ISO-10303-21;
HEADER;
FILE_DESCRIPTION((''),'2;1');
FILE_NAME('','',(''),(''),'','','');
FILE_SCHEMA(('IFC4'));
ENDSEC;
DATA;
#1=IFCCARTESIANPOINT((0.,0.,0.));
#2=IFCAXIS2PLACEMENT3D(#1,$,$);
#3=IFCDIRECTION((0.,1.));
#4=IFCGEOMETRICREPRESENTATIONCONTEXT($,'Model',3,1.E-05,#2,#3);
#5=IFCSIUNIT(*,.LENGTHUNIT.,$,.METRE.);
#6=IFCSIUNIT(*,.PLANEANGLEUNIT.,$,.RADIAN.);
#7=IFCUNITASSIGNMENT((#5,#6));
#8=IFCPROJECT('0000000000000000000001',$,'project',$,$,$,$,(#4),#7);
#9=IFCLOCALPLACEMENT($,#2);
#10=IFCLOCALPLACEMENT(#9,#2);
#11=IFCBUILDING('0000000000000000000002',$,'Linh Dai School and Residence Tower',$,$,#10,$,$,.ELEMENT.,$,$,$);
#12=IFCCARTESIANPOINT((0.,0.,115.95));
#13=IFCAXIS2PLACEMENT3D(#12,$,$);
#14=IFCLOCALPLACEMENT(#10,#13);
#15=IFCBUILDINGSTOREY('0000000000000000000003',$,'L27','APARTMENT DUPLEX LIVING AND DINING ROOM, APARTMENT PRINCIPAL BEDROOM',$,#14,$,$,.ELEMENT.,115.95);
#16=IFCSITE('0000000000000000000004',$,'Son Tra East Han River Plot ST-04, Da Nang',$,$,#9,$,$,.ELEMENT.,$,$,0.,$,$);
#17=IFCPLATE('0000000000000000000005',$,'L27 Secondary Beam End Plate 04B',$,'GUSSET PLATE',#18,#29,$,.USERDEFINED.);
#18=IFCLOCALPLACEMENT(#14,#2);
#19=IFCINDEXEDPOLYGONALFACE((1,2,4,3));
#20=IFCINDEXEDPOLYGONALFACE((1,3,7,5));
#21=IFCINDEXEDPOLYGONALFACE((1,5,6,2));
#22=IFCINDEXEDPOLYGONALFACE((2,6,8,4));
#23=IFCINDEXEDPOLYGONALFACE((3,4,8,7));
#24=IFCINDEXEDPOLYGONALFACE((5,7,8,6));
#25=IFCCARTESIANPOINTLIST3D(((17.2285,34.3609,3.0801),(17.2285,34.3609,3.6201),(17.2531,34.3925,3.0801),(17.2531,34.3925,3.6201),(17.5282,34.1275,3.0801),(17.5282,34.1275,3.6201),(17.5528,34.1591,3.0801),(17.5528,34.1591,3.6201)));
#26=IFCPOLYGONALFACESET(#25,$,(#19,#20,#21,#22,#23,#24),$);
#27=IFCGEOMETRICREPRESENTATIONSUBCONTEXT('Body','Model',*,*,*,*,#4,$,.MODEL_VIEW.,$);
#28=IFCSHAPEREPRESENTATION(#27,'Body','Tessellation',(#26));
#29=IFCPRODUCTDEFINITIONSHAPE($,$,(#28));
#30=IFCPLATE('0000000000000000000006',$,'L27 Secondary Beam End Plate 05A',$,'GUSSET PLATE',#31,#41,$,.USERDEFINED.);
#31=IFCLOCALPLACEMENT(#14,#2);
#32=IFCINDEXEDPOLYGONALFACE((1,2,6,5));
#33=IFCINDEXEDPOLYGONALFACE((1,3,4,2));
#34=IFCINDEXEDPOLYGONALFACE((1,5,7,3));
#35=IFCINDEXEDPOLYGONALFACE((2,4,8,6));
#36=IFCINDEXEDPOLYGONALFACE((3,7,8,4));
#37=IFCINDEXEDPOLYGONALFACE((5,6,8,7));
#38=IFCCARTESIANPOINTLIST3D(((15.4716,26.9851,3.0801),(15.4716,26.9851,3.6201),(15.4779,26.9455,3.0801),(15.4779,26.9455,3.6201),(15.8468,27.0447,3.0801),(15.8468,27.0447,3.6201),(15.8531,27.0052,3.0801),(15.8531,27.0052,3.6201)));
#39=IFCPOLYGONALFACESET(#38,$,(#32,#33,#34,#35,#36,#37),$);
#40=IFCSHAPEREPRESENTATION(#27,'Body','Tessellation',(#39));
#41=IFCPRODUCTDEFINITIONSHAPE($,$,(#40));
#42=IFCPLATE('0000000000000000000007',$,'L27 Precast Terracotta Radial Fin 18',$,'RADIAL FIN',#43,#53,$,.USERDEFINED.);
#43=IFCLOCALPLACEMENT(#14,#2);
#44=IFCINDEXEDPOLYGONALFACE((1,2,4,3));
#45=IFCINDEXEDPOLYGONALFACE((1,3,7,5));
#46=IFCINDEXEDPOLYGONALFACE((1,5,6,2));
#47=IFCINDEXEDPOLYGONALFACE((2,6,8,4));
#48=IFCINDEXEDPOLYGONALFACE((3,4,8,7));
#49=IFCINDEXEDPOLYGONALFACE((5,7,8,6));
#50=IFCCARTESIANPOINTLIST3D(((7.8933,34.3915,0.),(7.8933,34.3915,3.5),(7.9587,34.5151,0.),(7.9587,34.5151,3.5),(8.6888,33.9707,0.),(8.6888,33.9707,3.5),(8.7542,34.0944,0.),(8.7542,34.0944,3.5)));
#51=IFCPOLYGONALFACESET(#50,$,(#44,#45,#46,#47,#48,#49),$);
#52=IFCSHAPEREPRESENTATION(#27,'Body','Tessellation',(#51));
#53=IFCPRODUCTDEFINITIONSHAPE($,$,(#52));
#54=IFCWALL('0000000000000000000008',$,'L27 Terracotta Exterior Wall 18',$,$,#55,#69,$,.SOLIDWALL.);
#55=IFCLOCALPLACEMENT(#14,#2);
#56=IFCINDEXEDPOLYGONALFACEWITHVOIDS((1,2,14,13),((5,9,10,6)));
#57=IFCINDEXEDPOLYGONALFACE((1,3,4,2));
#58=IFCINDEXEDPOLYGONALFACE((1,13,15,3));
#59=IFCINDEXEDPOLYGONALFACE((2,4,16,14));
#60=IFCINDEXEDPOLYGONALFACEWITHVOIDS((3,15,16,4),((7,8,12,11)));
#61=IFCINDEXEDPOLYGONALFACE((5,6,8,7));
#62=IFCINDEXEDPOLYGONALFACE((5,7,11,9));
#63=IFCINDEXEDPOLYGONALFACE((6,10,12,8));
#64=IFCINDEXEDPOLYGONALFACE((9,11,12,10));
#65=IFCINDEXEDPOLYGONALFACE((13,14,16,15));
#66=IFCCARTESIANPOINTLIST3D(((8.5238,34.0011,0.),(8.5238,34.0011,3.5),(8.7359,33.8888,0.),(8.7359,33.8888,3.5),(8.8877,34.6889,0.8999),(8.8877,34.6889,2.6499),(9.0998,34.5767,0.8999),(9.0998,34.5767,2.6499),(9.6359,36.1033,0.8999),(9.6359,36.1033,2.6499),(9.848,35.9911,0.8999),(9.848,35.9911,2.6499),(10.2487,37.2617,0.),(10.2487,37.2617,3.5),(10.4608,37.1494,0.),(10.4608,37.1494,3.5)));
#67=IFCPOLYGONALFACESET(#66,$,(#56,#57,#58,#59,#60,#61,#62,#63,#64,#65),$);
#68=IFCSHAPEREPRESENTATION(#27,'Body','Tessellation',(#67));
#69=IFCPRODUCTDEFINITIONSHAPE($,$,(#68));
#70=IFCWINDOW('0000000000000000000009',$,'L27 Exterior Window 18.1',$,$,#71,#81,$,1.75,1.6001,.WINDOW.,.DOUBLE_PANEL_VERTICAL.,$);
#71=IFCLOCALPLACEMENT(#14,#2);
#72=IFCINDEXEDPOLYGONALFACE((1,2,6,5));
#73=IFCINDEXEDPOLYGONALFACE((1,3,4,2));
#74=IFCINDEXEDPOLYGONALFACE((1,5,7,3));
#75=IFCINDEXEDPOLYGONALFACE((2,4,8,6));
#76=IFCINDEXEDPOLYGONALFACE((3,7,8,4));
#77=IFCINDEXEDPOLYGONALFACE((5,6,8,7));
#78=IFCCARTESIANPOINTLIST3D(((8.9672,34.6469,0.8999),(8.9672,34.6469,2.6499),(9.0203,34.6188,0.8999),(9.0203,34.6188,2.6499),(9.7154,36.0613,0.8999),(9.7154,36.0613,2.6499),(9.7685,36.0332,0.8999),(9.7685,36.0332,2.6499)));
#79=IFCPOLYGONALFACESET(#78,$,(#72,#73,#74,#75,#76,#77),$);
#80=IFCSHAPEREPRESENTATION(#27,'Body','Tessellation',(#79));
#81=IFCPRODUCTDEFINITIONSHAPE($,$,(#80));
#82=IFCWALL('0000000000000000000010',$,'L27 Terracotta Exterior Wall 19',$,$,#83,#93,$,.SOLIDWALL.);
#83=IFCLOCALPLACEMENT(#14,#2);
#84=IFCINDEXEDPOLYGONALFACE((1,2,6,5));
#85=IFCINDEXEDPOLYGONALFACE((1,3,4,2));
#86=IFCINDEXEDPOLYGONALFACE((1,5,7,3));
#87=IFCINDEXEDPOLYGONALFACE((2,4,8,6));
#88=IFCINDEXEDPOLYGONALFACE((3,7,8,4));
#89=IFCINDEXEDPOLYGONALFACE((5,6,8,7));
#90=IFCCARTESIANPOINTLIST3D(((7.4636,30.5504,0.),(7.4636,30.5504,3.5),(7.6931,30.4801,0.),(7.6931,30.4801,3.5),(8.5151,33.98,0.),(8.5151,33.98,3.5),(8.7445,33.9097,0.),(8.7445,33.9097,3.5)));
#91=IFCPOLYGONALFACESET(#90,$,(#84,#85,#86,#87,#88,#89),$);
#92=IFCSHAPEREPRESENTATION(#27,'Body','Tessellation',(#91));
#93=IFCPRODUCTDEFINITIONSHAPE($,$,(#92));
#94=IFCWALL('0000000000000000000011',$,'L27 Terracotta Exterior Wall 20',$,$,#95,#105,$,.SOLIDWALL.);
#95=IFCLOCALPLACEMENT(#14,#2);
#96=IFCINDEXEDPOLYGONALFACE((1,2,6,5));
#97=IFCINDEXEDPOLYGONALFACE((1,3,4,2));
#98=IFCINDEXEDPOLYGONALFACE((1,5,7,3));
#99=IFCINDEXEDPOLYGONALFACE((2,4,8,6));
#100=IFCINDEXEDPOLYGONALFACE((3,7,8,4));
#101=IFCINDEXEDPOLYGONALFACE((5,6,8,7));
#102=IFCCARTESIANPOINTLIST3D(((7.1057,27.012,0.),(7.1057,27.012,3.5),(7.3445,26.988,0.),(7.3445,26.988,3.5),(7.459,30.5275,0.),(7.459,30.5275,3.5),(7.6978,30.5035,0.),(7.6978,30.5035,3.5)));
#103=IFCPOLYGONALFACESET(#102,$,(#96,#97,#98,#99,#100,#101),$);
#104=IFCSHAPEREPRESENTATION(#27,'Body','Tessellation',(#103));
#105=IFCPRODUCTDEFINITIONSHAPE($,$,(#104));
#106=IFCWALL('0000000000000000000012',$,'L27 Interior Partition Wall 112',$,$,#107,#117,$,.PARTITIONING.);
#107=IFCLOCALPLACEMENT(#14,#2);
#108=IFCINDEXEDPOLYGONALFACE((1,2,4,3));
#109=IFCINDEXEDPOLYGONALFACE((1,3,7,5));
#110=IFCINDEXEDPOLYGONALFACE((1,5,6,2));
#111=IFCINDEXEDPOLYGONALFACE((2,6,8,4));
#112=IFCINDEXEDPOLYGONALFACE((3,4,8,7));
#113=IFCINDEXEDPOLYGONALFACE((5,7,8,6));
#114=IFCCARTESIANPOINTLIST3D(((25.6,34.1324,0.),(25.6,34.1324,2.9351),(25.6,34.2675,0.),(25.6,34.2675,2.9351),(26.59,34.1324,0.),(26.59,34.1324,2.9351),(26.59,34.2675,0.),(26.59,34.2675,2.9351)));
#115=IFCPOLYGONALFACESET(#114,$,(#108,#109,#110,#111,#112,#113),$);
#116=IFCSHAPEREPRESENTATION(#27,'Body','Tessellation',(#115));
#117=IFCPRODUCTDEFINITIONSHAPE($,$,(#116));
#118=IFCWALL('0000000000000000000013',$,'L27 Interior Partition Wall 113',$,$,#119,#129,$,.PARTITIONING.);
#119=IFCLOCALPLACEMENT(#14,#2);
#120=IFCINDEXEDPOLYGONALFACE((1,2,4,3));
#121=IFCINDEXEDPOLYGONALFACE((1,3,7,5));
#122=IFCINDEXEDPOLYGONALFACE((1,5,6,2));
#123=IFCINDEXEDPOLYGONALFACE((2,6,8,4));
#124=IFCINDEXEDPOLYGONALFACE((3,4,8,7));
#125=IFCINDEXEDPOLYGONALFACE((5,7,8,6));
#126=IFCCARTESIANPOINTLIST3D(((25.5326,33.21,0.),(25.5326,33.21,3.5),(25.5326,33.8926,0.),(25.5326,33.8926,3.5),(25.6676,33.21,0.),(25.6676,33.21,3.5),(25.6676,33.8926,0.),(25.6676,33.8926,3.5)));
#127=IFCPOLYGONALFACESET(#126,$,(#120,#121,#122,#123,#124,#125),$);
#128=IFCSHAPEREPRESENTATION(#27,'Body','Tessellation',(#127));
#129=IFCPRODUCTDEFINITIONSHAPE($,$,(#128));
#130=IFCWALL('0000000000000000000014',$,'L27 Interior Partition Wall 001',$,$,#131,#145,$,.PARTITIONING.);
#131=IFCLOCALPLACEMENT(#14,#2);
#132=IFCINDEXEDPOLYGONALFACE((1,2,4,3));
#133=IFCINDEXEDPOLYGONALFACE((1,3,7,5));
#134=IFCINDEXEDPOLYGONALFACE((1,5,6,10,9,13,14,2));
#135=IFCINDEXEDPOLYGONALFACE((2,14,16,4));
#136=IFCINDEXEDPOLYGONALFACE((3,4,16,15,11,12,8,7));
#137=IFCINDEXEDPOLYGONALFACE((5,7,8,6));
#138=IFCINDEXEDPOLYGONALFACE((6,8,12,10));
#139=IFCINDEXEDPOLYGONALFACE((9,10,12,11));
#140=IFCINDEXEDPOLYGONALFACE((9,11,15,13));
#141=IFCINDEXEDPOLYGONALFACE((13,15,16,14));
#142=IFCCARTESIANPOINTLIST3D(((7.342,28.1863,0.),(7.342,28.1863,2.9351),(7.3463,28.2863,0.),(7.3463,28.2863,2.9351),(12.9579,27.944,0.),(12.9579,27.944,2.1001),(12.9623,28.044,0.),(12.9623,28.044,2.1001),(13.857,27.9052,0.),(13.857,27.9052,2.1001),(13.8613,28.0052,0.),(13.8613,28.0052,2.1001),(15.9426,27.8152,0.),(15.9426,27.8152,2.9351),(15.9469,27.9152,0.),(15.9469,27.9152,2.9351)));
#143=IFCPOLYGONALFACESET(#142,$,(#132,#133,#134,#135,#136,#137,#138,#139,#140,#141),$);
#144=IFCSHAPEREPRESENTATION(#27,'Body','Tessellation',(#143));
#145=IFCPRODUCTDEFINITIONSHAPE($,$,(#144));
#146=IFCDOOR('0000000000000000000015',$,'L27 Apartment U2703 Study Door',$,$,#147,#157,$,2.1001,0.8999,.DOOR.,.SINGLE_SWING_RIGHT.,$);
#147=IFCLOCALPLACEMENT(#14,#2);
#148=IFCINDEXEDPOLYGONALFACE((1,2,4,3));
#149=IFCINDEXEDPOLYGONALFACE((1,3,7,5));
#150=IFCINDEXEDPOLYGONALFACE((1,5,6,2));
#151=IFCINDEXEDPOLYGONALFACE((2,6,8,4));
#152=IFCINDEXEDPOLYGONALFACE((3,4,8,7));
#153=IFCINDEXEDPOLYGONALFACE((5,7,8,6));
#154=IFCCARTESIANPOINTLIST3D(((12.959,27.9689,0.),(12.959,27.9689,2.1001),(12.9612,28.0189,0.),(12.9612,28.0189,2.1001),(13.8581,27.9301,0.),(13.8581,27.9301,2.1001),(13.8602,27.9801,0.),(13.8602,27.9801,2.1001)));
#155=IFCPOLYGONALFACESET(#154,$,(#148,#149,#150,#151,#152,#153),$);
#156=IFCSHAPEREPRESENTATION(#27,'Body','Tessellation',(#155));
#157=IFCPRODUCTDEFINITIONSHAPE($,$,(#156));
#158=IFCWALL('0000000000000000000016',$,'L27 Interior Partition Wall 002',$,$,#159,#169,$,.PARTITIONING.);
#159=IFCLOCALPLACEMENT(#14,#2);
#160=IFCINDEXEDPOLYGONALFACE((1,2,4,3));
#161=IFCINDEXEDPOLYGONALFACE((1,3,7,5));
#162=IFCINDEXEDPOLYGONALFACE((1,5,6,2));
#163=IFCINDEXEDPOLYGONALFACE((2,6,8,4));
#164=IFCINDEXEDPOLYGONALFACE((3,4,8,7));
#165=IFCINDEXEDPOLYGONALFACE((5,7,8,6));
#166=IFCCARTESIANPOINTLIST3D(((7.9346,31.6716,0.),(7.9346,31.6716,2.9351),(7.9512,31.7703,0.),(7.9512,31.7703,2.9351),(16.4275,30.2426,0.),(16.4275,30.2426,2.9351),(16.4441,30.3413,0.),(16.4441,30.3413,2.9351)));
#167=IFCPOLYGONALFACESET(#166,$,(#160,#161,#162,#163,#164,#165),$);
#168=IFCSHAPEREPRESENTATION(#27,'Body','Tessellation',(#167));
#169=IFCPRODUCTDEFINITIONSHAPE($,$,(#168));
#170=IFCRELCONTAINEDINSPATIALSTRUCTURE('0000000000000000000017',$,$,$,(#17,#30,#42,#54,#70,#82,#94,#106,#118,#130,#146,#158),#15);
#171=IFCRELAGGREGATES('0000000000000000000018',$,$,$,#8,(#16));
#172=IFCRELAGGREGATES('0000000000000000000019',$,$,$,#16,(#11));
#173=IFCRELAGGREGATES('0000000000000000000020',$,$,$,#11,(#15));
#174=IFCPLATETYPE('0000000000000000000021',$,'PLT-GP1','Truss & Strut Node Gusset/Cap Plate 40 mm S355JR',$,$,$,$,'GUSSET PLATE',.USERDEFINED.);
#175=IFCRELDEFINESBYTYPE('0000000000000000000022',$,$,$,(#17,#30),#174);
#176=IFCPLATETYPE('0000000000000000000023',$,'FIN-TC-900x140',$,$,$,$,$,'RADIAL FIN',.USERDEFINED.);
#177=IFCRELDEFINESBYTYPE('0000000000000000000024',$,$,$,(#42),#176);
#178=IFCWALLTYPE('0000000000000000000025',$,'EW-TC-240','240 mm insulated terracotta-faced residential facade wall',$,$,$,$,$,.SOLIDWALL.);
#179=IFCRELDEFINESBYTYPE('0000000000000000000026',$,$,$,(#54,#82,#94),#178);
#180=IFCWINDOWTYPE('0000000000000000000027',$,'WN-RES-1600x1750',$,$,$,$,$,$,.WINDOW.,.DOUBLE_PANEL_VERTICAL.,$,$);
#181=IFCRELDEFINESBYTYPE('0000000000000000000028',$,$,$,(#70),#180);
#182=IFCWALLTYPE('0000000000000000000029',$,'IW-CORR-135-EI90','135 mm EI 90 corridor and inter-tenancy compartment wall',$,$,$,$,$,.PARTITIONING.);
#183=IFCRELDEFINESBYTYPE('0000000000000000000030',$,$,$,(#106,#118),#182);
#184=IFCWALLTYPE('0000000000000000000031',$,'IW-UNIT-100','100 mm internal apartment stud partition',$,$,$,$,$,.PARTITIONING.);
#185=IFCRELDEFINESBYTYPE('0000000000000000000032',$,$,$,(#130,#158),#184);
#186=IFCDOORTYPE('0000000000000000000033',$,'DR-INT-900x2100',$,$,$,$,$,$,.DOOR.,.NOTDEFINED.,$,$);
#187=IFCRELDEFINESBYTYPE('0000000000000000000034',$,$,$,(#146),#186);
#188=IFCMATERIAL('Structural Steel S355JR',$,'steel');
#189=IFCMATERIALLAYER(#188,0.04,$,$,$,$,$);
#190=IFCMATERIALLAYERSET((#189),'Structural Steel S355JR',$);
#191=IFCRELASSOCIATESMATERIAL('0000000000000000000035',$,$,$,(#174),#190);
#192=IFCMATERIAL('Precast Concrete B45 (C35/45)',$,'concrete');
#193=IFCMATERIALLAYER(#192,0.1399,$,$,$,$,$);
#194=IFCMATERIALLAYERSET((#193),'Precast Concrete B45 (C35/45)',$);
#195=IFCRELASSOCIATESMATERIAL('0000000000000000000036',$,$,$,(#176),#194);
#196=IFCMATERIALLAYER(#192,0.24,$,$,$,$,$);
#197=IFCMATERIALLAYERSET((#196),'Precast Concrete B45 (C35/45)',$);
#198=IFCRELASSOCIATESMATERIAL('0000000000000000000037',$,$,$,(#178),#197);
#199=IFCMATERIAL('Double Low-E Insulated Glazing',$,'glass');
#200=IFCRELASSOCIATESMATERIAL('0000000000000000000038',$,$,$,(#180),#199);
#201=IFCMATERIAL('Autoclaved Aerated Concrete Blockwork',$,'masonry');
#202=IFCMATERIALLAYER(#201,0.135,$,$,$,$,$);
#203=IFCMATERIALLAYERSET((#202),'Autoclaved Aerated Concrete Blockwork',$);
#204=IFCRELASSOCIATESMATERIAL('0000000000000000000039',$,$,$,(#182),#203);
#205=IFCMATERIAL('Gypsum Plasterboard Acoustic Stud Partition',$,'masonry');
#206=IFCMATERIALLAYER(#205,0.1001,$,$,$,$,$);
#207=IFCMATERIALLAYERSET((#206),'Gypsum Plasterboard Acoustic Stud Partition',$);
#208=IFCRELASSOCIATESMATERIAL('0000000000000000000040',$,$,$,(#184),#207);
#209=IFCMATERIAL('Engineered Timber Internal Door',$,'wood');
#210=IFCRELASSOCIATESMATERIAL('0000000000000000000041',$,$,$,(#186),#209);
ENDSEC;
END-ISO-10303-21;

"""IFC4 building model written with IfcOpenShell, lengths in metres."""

from ifc_helpers import new_model, si_unit, direction, frame, frame_2d, origin, origin_2d, place, context, subcontext, project, spatial, rectangle, extrude, source, transform, mapped, material, layer, layer_set, type_object, element, fill, save


model = new_model("IFC4")

# Units and contexts
model_context = context("Model", 3, precision=1e-05, world=origin(), true_north=direction((0.0, 1.0)))
body_context = subcontext(model_context, "Body", "Model", "MODEL_VIEW")
ifc_project = project(units=[si_unit("LENGTHUNIT", "METRE"), si_unit("PLANEANGLEUNIT", "RADIAN")], contexts=[model_context])

# Site, building, storey
site_placement = place(None, origin())
site = spatial("IfcSite", under=ifc_project, at=site_placement, Name="Son Tra East Han River Plot ST-04, Da Nang", CompositionType="ELEMENT", RefElevation=0.0)
building_placement = place(site_placement, origin())
building = spatial("IfcBuilding", under=site, at=building_placement, Name="Linh Dai School and Residence Tower", CompositionType="ELEMENT")
storey_placement = place(building_placement, frame((0.0, 0.0, 115.95)))
storey = spatial("IfcBuildingStorey", under=building, at=storey_placement, Name="L27", Description="APARTMENT DUPLEX LIVING AND DINING ROOM, APARTMENT PRINCIPAL BEDROOM", CompositionType="ELEMENT", Elevation=115.95)

# Shared definitions
ifc_material_1 = material(Name="Structural Steel S355JR", Category="steel")

# Plates
ifc_layer_1 = layer(ifc_material_1, 0.04)
ifc_layer_set_1 = layer_set([ifc_layer_1], Name="Structural Steel S355JR")
plate_type_1 = type_object("IfcPlateType", Name="PLT-GP1", Description="Truss & Strut Node Gusset/Cap Plate 40 mm S355JR", ElementType="GUSSET PLATE", PredefinedType="USERDEFINED", material=ifc_layer_set_1)
shared_shape_1 = source(origin(), body_context, "Body", "SweptSolid", [
    extrude(rectangle(XDim=0.04, YDim=0.3799, at=origin_2d()), origin(), (0.0, 0.0, 1.0), 0.54),
])
for number, where, z_axis, x_axis, name in (
    (1, (17.3906, 34.26, 3.0801), (0.0, 0.0, 1.0), (-0.614363, -0.789024, 0.0), "L27 Secondary Beam End Plate 04B"),
    (2, (15.6624, 26.9951, 3.0801), (0.0, 0.0, 1.0), (0.157025, -0.987595, 0.0), "L27 Secondary Beam End Plate 05A"),
):
    element("IfcPlate", number, at=place(storey_placement, frame(where, z_axis=z_axis, x_axis=x_axis)), inside=storey, type_object=plate_type_1, Name=name, ObjectType="GUSSET PLATE", PredefinedType="USERDEFINED", context=body_context, shape_type="MappedRepresentation", body=[
        mapped(shared_shape_1, transform((0.0, 0.0, 0.0), x_axis=(1.0, 0.0, 0.0), y_axis=(0.0, 1.0, 0.0), z_axis=(0.0, 0.0, 1.0), scale=1.0)),
    ])
ifc_material_2 = material(Name="Precast Concrete B45 (C35/45)", Category="concrete")
ifc_layer_2 = layer(ifc_material_2, 0.1399)
ifc_layer_set_2 = layer_set([ifc_layer_2], Name="Precast Concrete B45 (C35/45)")
plate_type_2 = type_object("IfcPlateType", Name="FIN-TC-900x140", ElementType="RADIAL FIN", PredefinedType="USERDEFINED", material=ifc_layer_set_2)
shared_shape_2 = source(origin(), body_context, "Body", "SweptSolid", [
    extrude(rectangle(XDim=0.8999, YDim=0.1399, at=origin_2d()), origin(), (0.0, 0.0, 1.0), 3.5),
])
plate_placement = place(storey_placement, frame((8.3237, 34.2429, 0.0), z_axis=(0.0, 0.0, 1.0), x_axis=(-0.883942, 0.467596, 0.0)))
element("IfcPlate", 3, at=plate_placement, inside=storey, type_object=plate_type_2, Name="L27 Precast Terracotta Radial Fin 18", ObjectType="RADIAL FIN", PredefinedType="USERDEFINED", context=body_context, shape_type="MappedRepresentation", body=[
    mapped(shared_shape_2, transform((0.0, 0.0, 0.0), x_axis=(1.0, 0.0, 0.0), y_axis=(0.0, 1.0, 0.0), z_axis=(0.0, 0.0, 1.0), scale=1.0)),
])

# Wall, opening, window
ifc_layer_3 = layer(ifc_material_2, 0.24)
ifc_layer_set_3 = layer_set([ifc_layer_3], Name="Precast Concrete B45 (C35/45)")
wall_type_1 = type_object("IfcWallType", Name="EW-TC-240", Description="240 mm insulated terracotta-faced residential facade wall", PredefinedType="SOLIDWALL", material=ifc_layer_set_3)
wall_1_placement = place(storey_placement, frame((8.6299, 33.9451, 0.0), z_axis=(0.0, 0.0, 1.0), x_axis=(0.467614, 0.883933, 0.0)))
wall_1 = element("IfcWall", 4, at=wall_1_placement, inside=storey, type_object=wall_type_1, Name="L27 Terracotta Exterior Wall 18", PredefinedType="SOLIDWALL", context=body_context, shape_type="SweptSolid", body=[
    extrude(rectangle(XDim=3.6887, YDim=0.24, at=frame_2d((1.8442, 0.0))), origin(), (0.0, 0.0, 1.0), 3.5),
])
opening_1_placement = place(wall_1_placement, frame((0.7781, 0.0, 0.8999)))
opening_1 = element("IfcOpeningElement", 5, at=opening_1_placement, cuts=wall_1, PredefinedType="OPENING", context=body_context, shape_type="SweptSolid", body=[
    extrude(rectangle(XDim=1.6001, YDim=1.75, at=origin_2d()), frame((0.8, 0.1299, 0.875), z_axis=(0.0, -1.0, 0.0), x_axis=(1.0, 0.0, 0.0)), (0.0, 0.0, 1.0), 0.26),
])
ifc_material_3 = material(Name="Double Low-E Insulated Glazing", Category="glass")
window_type = type_object("IfcWindowType", Name="WN-RES-1600x1750", PartitioningType="DOUBLE_PANEL_VERTICAL", PredefinedType="WINDOW", material=ifc_material_3)
shared_shape_3 = source(origin(), body_context, "Body", "SweptSolid", [
    extrude(rectangle(XDim=1.6001, YDim=1.75, at=origin_2d()), frame((0.8, 0.03, 0.875), z_axis=(0.0, -1.0, 0.0), x_axis=(1.0, 0.0, 0.0)), (0.0, 0.0, 1.0), 0.0601),
])
window_placement = place(opening_1_placement, origin())
window = element("IfcWindow", 6, at=window_placement, inside=storey, type_object=window_type, Name="L27 Exterior Window 18.1", OverallHeight=1.75, OverallWidth=1.6001, PartitioningType="DOUBLE_PANEL_VERTICAL", PredefinedType="WINDOW", context=body_context, shape_type="MappedRepresentation", body=[
    mapped(shared_shape_3, transform((0.0, 0.0, 0.0), x_axis=(1.0, 0.0, 0.0), y_axis=(0.0, 1.0, 0.0), z_axis=(0.0, 0.0, 1.0), scale=1.0)),
])
fill(opening_1, window)

# Walls
wall_2_placement = place(storey_placement, frame((7.5784, 30.5154, 0.0), z_axis=(0.0, 0.0, 1.0), x_axis=(0.293124, 0.956074, 0.0)))
element("IfcWall", 7, at=wall_2_placement, inside=storey, type_object=wall_type_1, Name="L27 Terracotta Exterior Wall 19", PredefinedType="SOLIDWALL", context=body_context, shape_type="SweptSolid", body=[
    extrude(rectangle(XDim=3.5872, YDim=0.24, at=frame_2d((1.7935, 0.0))), origin(), (0.0, 0.0, 1.0), 3.5),
])
wall_3_placement = place(storey_placement, frame((7.2251, 27.0, 0.0), z_axis=(0.0, 0.0, 1.0), x_axis=(0.099989, 0.994988, 0.0)))
element("IfcWall", 8, at=wall_3_placement, inside=storey, type_object=wall_type_1, Name="L27 Terracotta Exterior Wall 20", PredefinedType="SOLIDWALL", context=body_context, shape_type="SweptSolid", body=[
    extrude(rectangle(XDim=3.5332, YDim=0.24, at=frame_2d((1.7666, 0.0))), origin(), (0.0, 0.0, 1.0), 3.5),
])
ifc_material_4 = material(Name="Autoclaved Aerated Concrete Blockwork", Category="masonry")
ifc_layer_4 = layer(ifc_material_4, 0.135)
ifc_layer_set_4 = layer_set([ifc_layer_4], Name="Autoclaved Aerated Concrete Blockwork")
wall_type_2 = type_object("IfcWallType", Name="IW-CORR-135-EI90", Description="135 mm EI 90 corridor and inter-tenancy compartment wall", PredefinedType="PARTITIONING", material=ifc_layer_set_4)
wall_4_placement = place(storey_placement, frame((26.5901, 34.2, 0.0), z_axis=(0.0, 0.0, 1.0), x_axis=(-1.0, 0.0, 0.0)))
element("IfcWall", 9, at=wall_4_placement, inside=storey, type_object=wall_type_2, Name="L27 Interior Partition Wall 112", PredefinedType="PARTITIONING", context=body_context, shape_type="SweptSolid", body=[
    extrude(rectangle(XDim=0.99, YDim=0.135, at=frame_2d((0.4951, 0.0))), origin(), (0.0, 0.0, 1.0), 2.9351),
])
wall_5_placement = place(storey_placement, frame((25.6001, 33.8926, 0.0), z_axis=(0.0, 0.0, 1.0), x_axis=(0.0, -1.0, 0.0)))
element("IfcWall", 10, at=wall_5_placement, inside=storey, type_object=wall_type_2, Name="L27 Interior Partition Wall 113", PredefinedType="PARTITIONING", context=body_context, shape_type="SweptSolid", body=[
    extrude(rectangle(XDim=0.6826, YDim=0.135, at=frame_2d((0.3413, 0.0))), origin(), (0.0, 0.0, 1.0), 3.5),
])

# Wall, opening, door
ifc_material_5 = material(Name="Gypsum Plasterboard Acoustic Stud Partition", Category="masonry")
ifc_layer_5 = layer(ifc_material_5, 0.1001)
ifc_layer_set_5 = layer_set([ifc_layer_5], Name="Gypsum Plasterboard Acoustic Stud Partition")
wall_type_3 = type_object("IfcWallType", Name="IW-UNIT-100", Description="100 mm internal apartment stud partition", PredefinedType="PARTITIONING", material=ifc_layer_set_5)
wall_6_placement = place(storey_placement, frame((7.3442, 28.2363, 0.0), z_axis=(0.0, 0.0, 1.0), x_axis=(0.99907, -0.043107, 0.0)))
wall_6 = element("IfcWall", 11, at=wall_6_placement, inside=storey, type_object=wall_type_3, Name="L27 Interior Partition Wall 001", PredefinedType="PARTITIONING", context=body_context, shape_type="SweptSolid", body=[
    extrude(rectangle(XDim=8.6086, YDim=0.1001, at=frame_2d((4.3042, 0.0))), origin(), (0.0, 0.0, 1.0), 2.9351),
])
opening_2_placement = place(wall_6_placement, frame((5.6211, 0.0, 0.0)))
opening_2 = element("IfcOpeningElement", 12, at=opening_2_placement, cuts=wall_6, PredefinedType="OPENING", context=body_context, shape_type="SweptSolid", body=[
    extrude(rectangle(XDim=0.8999, YDim=2.1001, at=origin_2d()), frame((0.45, 0.0601, 1.05), z_axis=(0.0, -1.0, 0.0), x_axis=(1.0, 0.0, 0.0)), (0.0, 0.0, 1.0), 0.1201),
])
ifc_material_6 = material(Name="Engineered Timber Internal Door", Category="wood")
door_type = type_object("IfcDoorType", Name="DR-INT-900x2100", OperationType="NOTDEFINED", PredefinedType="DOOR", material=ifc_material_6)
shared_shape_4 = source(origin(), body_context, "Body", "SweptSolid", [
    extrude(rectangle(XDim=0.8999, YDim=2.1001, at=origin_2d()), frame((0.45, 0.0249, 1.05), z_axis=(0.0, -1.0, 0.0), x_axis=(1.0, 0.0, 0.0)), (0.0, 0.0, 1.0), 0.05),
])
door_1_placement = place(opening_2_placement, origin())
door_1 = element("IfcDoor", 13, at=door_1_placement, inside=storey, type_object=door_type, Name="L27 Apartment U2703 Study Door", OperationType="SINGLE_SWING_RIGHT", OverallHeight=2.1001, OverallWidth=0.8999, PredefinedType="DOOR", context=body_context, shape_type="MappedRepresentation", body=[
    mapped(shared_shape_4, transform((0.0, 0.0, 0.0), x_axis=(1.0, 0.0, 0.0), y_axis=(0.0, 1.0, 0.0), z_axis=(0.0, 0.0, 1.0), scale=1.0)),
])
fill(opening_2, door_1)

# Wall
wall_7_placement = place(storey_placement, frame((7.9429, 31.7209, 0.0), z_axis=(0.0, 0.0, 1.0), x_axis=(0.986139, -0.16592, 0.0)))
element("IfcWall", 14, at=wall_7_placement, inside=storey, type_object=wall_type_3, Name="L27 Interior Partition Wall 002", PredefinedType="PARTITIONING", context=body_context, shape_type="SweptSolid", body=[
    extrude(rectangle(XDim=8.6123, YDim=0.1001, at=frame_2d((4.3062, 0.0))), origin(), (0.0, 0.0, 1.0), 2.9351),
])

save(model, "model.ifc")
